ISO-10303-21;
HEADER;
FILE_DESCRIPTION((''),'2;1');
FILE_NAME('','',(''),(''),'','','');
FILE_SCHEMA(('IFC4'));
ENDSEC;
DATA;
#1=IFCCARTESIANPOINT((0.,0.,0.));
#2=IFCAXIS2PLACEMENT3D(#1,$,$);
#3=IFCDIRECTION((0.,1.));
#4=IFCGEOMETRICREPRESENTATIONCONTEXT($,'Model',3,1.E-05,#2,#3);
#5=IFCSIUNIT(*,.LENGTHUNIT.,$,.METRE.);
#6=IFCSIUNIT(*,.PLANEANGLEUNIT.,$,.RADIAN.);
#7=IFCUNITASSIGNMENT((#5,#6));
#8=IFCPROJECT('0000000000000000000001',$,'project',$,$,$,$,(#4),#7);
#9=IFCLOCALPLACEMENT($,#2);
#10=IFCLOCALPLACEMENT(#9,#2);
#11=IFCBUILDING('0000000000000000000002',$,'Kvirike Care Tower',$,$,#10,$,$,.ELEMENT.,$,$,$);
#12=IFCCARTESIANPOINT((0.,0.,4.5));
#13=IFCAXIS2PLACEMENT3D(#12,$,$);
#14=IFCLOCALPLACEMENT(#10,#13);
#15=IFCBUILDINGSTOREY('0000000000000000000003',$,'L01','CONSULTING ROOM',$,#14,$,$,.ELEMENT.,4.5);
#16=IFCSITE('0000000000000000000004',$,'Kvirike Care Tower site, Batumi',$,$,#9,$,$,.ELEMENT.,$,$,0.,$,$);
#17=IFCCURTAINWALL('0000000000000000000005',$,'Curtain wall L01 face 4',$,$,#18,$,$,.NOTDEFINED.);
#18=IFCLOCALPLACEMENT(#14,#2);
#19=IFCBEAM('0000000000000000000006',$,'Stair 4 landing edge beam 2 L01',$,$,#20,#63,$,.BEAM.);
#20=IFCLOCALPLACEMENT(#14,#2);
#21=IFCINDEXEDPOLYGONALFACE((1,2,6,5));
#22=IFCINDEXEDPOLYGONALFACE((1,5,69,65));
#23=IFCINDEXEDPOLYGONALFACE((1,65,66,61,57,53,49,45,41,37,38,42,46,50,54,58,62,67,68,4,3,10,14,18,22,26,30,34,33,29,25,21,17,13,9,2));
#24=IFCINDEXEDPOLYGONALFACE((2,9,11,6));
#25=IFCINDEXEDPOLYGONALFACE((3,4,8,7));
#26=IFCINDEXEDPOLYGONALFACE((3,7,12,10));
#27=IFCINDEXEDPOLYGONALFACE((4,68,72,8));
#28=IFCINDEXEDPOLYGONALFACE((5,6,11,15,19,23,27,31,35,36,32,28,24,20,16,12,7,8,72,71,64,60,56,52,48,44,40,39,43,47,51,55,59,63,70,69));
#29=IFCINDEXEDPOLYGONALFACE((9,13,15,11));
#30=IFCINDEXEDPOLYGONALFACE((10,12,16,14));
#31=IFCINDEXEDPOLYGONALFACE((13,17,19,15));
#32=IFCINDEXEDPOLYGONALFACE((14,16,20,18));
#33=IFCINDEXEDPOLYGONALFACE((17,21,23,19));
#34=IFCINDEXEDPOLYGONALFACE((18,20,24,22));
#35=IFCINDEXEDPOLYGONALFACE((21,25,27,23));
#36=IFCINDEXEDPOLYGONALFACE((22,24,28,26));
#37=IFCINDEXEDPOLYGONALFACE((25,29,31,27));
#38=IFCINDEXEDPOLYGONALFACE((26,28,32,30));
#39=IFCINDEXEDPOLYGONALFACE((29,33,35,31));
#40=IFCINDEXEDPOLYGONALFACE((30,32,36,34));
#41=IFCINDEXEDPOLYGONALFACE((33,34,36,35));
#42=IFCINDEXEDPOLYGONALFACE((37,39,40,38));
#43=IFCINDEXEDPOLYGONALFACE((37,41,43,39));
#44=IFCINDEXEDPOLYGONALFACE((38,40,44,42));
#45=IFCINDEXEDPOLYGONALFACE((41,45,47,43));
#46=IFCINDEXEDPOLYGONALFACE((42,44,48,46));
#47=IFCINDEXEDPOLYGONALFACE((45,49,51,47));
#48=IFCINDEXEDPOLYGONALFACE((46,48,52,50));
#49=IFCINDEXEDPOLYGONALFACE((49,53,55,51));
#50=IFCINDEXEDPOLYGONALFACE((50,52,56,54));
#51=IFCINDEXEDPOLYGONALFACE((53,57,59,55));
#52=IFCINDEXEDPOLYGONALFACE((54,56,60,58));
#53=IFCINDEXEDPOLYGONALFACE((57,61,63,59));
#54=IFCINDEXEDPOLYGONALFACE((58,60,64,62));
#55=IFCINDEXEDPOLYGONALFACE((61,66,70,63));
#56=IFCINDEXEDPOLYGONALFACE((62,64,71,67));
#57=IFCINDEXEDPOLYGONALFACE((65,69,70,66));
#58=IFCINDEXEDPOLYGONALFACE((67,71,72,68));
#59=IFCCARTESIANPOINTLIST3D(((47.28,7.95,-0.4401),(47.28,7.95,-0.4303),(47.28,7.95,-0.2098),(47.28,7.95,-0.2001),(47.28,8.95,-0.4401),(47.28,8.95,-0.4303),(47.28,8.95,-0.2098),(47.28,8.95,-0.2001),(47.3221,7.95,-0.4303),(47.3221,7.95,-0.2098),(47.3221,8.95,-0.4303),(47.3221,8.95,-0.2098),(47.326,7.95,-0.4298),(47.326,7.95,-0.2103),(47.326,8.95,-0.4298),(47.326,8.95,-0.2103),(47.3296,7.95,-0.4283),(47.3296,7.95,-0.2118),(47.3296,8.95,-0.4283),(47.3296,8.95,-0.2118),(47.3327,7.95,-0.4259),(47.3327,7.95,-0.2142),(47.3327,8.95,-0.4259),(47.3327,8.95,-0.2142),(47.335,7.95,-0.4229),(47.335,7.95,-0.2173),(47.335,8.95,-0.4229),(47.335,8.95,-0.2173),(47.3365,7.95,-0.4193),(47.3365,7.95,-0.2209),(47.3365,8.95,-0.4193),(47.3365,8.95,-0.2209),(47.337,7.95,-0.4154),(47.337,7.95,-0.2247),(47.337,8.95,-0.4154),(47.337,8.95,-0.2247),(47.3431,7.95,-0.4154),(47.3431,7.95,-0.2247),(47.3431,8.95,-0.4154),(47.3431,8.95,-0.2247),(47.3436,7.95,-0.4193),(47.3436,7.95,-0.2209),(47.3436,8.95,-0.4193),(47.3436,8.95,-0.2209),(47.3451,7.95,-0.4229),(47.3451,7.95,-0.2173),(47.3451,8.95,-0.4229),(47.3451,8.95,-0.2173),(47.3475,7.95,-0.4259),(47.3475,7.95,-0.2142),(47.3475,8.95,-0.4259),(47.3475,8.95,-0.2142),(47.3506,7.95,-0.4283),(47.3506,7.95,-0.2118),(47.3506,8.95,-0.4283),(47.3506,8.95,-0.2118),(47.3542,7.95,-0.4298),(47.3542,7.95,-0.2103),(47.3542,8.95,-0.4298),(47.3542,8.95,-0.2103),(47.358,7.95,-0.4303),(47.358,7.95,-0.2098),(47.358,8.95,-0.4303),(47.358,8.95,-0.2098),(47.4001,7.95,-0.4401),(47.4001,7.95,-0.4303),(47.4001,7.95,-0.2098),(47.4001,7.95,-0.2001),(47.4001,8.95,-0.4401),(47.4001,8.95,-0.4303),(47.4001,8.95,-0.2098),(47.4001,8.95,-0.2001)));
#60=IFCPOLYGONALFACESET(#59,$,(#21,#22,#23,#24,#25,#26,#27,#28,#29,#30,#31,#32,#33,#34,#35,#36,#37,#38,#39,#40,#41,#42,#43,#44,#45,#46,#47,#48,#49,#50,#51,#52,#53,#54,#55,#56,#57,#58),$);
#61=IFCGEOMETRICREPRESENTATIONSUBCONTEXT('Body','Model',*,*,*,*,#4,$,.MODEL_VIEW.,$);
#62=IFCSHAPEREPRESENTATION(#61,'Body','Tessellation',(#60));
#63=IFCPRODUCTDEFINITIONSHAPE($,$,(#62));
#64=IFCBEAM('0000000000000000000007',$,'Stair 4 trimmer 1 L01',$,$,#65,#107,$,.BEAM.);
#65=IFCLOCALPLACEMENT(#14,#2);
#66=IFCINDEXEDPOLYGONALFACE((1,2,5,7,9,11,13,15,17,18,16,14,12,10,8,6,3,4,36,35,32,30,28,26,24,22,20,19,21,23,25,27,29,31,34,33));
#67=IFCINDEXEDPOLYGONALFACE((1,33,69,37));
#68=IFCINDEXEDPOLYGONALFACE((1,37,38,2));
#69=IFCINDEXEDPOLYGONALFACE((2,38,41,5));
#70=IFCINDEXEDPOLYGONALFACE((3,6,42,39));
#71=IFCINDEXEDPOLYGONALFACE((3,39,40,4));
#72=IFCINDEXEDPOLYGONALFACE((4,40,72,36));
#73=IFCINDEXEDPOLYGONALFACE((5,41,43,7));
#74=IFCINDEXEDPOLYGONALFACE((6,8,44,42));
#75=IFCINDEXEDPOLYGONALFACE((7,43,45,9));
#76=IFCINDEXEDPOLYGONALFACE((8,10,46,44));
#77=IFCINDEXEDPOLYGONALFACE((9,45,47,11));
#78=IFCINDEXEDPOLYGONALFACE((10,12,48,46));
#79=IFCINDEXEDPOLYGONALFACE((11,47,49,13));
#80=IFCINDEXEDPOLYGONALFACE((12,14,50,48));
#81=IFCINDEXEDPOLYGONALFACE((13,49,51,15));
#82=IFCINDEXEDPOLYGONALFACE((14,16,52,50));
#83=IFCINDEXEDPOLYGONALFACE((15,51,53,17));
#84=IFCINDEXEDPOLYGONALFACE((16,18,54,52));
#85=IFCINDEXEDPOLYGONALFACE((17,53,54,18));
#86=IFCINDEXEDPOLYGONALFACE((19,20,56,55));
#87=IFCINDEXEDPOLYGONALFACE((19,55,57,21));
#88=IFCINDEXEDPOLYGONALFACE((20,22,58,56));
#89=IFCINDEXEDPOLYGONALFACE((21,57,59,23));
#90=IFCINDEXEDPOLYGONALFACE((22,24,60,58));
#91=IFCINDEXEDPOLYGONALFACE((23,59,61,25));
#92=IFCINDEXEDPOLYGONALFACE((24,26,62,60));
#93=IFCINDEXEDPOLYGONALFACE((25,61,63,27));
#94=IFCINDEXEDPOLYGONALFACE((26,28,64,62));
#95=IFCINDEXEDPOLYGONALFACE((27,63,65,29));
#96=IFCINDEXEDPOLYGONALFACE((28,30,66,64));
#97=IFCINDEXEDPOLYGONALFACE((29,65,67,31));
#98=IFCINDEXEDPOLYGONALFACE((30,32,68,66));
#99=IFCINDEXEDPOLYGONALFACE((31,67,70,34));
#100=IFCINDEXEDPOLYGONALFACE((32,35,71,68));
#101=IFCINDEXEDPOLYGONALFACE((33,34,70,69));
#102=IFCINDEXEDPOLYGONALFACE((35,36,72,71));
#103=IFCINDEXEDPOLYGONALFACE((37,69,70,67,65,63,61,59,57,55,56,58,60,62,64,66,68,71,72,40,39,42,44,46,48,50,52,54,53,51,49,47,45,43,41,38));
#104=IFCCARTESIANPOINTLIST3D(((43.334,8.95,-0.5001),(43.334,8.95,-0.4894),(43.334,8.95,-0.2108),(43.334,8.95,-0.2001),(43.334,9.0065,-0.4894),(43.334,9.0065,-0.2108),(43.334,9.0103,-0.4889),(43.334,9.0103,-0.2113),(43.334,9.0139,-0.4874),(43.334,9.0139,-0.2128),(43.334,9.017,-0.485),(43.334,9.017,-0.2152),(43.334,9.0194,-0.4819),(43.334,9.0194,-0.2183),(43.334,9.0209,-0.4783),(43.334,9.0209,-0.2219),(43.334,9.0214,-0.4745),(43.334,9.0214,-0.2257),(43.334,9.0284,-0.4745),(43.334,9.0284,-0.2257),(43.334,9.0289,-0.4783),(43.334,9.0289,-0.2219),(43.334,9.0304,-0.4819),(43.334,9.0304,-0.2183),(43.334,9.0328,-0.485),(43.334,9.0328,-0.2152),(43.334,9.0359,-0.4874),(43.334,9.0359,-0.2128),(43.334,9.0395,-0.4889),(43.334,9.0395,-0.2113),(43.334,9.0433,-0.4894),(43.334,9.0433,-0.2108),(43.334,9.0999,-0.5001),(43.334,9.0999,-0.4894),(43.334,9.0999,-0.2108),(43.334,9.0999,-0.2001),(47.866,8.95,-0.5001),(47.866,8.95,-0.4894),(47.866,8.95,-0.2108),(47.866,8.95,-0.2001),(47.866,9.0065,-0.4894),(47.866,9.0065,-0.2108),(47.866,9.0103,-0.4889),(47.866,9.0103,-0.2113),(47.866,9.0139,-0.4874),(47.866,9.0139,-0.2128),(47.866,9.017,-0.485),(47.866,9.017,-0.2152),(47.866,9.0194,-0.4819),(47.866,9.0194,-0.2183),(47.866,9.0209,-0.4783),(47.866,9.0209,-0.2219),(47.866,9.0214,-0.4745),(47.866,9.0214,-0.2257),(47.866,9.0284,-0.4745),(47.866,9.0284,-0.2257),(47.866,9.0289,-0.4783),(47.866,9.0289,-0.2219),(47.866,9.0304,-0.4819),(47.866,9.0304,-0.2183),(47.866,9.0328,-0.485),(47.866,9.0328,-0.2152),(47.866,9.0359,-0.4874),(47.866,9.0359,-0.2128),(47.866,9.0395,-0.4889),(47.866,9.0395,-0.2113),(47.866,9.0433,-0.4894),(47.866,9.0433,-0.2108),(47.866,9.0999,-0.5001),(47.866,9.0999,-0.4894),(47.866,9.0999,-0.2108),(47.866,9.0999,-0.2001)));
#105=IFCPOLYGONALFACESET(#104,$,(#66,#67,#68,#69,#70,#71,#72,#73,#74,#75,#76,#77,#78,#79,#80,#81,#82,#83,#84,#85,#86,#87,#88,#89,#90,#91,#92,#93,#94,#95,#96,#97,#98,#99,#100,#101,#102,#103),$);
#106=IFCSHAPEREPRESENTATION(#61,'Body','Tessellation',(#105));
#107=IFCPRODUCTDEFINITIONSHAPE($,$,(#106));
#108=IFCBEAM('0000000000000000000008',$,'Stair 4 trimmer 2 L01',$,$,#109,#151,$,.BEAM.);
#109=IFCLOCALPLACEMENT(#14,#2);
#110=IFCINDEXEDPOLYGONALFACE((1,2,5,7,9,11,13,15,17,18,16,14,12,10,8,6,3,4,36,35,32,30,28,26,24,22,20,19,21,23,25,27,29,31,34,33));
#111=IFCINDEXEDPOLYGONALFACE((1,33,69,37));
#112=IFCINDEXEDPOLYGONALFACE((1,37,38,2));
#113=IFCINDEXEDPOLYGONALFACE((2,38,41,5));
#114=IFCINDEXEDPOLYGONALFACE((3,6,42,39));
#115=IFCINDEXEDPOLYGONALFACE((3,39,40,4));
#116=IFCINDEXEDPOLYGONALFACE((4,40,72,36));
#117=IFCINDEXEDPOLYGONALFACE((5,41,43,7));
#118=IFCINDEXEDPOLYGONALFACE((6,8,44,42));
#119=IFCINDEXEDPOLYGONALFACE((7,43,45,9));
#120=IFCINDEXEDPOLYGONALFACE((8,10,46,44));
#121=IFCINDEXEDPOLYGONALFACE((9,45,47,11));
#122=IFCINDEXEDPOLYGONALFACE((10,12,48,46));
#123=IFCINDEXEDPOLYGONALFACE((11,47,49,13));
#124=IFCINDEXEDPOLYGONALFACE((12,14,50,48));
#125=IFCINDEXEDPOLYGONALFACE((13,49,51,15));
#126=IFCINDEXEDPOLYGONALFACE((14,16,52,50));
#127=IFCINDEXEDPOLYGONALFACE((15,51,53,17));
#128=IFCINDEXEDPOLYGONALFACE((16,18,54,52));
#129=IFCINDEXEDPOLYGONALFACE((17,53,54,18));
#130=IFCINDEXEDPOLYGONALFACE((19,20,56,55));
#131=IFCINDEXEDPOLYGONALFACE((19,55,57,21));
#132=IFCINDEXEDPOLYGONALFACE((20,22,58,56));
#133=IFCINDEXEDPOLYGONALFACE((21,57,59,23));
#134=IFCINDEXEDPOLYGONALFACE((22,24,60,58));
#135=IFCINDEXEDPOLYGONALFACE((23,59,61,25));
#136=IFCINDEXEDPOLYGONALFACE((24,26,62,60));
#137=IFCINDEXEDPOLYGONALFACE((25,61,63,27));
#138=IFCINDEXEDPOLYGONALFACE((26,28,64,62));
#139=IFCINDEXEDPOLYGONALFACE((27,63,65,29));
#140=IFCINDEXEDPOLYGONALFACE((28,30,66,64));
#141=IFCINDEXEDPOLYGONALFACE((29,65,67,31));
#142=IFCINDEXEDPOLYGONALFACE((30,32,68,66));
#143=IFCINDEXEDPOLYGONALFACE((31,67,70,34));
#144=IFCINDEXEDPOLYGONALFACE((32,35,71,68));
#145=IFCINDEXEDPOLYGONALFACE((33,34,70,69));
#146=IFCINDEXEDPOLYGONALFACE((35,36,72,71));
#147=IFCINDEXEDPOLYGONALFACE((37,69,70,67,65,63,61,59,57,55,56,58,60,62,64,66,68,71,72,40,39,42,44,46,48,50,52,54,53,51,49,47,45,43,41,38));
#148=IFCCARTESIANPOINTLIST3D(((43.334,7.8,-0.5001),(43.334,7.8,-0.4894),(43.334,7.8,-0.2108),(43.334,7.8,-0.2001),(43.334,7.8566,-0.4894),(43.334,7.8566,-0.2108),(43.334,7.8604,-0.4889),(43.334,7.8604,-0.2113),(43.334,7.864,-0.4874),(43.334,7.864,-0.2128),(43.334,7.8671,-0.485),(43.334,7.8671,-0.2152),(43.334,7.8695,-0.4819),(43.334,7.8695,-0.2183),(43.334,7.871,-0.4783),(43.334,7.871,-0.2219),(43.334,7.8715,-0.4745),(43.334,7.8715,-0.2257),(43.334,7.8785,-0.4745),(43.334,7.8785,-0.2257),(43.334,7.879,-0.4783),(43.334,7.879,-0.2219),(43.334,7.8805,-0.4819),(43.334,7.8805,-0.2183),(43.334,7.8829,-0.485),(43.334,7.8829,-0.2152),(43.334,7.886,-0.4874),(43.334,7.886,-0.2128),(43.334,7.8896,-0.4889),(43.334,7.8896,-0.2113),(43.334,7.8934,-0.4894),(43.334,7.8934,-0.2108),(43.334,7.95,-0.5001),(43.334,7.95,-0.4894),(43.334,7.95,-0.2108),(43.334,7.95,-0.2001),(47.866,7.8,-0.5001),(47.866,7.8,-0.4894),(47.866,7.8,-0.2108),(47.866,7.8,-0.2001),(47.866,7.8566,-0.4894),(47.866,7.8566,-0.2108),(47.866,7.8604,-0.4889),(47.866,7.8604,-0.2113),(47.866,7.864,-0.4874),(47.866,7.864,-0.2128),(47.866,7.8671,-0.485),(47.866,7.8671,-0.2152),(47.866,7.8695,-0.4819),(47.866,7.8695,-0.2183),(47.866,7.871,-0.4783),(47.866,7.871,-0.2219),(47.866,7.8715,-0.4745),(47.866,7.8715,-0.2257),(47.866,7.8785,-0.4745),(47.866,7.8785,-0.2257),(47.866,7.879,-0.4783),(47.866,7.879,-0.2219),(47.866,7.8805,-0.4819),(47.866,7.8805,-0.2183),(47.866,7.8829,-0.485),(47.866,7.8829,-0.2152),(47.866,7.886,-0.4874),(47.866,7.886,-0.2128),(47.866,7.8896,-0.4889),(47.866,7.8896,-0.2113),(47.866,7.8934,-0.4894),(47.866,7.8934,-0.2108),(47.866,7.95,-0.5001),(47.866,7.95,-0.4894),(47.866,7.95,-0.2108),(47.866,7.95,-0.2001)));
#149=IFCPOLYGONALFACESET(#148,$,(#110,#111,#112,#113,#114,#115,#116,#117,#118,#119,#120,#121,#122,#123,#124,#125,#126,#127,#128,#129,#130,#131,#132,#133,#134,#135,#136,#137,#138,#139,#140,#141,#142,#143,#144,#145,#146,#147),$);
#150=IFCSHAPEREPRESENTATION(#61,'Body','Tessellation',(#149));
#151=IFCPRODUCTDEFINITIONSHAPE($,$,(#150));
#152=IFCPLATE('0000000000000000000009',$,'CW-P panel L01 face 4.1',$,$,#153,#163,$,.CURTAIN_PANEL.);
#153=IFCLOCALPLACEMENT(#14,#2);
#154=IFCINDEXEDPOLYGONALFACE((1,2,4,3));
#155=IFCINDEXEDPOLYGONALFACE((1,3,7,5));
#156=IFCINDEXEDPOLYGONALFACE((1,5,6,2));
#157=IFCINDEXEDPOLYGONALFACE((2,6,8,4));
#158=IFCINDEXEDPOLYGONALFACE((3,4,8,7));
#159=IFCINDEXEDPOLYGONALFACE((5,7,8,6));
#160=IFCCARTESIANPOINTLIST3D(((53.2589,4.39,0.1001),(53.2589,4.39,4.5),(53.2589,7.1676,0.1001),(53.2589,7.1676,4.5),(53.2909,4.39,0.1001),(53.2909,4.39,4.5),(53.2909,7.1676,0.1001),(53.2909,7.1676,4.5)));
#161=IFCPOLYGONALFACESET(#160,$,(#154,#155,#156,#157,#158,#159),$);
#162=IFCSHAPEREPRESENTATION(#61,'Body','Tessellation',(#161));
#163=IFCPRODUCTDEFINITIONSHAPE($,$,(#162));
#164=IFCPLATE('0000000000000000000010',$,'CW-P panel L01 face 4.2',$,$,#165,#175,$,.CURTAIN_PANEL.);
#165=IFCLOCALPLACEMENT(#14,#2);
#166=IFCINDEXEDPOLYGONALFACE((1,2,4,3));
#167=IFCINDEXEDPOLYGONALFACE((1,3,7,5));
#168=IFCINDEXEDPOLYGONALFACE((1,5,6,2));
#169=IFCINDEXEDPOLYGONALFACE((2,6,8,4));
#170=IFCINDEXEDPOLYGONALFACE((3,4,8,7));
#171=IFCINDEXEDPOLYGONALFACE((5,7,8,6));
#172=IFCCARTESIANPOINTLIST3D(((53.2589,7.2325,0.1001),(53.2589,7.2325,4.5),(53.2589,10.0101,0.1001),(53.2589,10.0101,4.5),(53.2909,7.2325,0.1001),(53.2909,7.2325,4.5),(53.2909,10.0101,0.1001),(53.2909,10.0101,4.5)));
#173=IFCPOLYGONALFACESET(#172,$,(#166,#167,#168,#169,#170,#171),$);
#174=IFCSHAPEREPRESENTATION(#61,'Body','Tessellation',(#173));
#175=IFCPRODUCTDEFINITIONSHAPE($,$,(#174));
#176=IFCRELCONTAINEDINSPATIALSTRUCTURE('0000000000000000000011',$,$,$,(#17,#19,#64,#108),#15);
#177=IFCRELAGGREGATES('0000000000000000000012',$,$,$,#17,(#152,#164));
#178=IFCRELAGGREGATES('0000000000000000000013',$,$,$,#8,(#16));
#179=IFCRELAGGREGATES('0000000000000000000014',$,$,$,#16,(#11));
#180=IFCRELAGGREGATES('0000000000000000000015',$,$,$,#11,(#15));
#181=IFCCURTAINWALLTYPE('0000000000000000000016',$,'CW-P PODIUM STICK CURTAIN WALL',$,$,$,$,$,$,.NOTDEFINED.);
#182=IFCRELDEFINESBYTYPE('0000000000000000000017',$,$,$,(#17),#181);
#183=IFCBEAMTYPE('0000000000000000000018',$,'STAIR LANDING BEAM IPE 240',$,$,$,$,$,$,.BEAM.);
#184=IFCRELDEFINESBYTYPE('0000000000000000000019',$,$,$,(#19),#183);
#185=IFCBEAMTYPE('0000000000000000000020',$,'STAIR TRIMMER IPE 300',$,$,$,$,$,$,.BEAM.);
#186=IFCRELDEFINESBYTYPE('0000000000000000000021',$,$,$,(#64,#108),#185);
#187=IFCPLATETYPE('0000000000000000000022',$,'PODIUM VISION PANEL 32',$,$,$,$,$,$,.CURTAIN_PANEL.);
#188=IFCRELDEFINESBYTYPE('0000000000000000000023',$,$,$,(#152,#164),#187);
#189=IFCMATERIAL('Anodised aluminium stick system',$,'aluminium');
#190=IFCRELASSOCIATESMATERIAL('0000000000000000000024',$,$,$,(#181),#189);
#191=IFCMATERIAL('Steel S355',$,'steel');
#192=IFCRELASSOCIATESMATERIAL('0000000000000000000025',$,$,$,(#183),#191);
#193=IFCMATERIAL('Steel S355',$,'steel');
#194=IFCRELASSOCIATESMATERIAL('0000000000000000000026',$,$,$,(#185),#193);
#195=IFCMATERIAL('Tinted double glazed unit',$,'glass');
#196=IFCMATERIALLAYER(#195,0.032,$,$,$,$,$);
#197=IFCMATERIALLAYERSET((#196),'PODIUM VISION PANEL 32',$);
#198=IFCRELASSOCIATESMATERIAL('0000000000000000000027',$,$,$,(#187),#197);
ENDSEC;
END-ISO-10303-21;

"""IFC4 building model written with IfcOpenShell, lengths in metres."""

from ifc_helpers import new_model, si_unit, direction, frame, origin, origin_2d, place, context, subcontext, project, spatial, rectangle, i_section, extrude, material, layer, layer_set, material_profile, profile_set, type_object, element, aggregate, save


model = new_model("IFC4")

# Units and contexts
model_context = context("Model", 3, precision=1e-05, world=origin(), true_north=direction((0.0, 1.0)))
body_context = subcontext(model_context, "Body", "Model", "MODEL_VIEW")
ifc_project = project(units=[si_unit("LENGTHUNIT", "METRE"), si_unit("PLANEANGLEUNIT", "RADIAN")], contexts=[model_context])

# Site, building, storey
site_placement = place(None, origin())
site = spatial("IfcSite", under=ifc_project, at=site_placement, Name="Kvirike Care Tower site, Batumi", CompositionType="ELEMENT", RefElevation=0.0)
building_placement = place(site_placement, origin())
building = spatial("IfcBuilding", under=site, at=building_placement, Name="Kvirike Care Tower", CompositionType="ELEMENT")
storey_placement = place(building_placement, frame((0.0, 0.0, 4.5)))
storey = spatial("IfcBuildingStorey", under=building, at=storey_placement, Name="L01", Description="CONSULTING ROOM", CompositionType="ELEMENT", Elevation=4.5)

# Shared definitions
ifc_material_1 = material(Name="Anodised aluminium stick system", Category="aluminium")
curtain_wall_type = type_object("IfcCurtainWallType", Name="CW-P PODIUM STICK CURTAIN WALL", PredefinedType="NOTDEFINED", material=ifc_material_1)

# Curtain wall
curtain_wall_1_placement = place(storey_placement, origin())
curtain_wall_1 = element("IfcCurtainWall", 1, at=curtain_wall_1_placement, inside=storey, type_object=curtain_wall_type, Name="Curtain wall L01 face 4", PredefinedType="NOTDEFINED")

# Beams
ifc_material_2 = material(Name="Steel S355", Category="steel")
ifc_material_profile_1 = material_profile(ifc_material_2, i_section(OverallWidth=0.1201, OverallDepth=0.24, WebThickness=0.0061, FlangeThickness=0.0098, FilletRadius=0.0149, at=origin_2d()), Name="IPE 240")
ifc_profile_set_1 = profile_set([ifc_material_profile_1], Name="Steel S355")
beam_type_1 = type_object("IfcBeamType", Name="STAIR LANDING BEAM IPE 240", PredefinedType="BEAM", material=ifc_profile_set_1)
for number, where, z_axis, x_axis, name in (
    (2, (47.3401, 8.95, -0.3201), (0.0, -1.0, 0.0), (1.0, 0.0, 0.0), "Stair 4 landing edge beam 2 L01"),
):
    element("IfcBeam", number, at=place(storey_placement, frame(where, z_axis=z_axis, x_axis=x_axis)), inside=storey, type_object=beam_type_1, Name=name, PredefinedType="BEAM", context=body_context, shape_type="SweptSolid", body=[
        extrude(i_section(OverallWidth=0.1201, OverallDepth=0.24, WebThickness=0.0061, FlangeThickness=0.0098, FilletRadius=0.0149, at=origin_2d()), origin(), (0.0, 0.0, 1.0), 1.0),
    ])
ifc_material_3 = material(Name="Steel S355", Category="steel")
ifc_material_profile_2 = material_profile(ifc_material_3, i_section(OverallWidth=0.1499, OverallDepth=0.3, WebThickness=0.0071, FlangeThickness=0.0107, FilletRadius=0.0149, at=origin_2d()), Name="IPE 300")
ifc_profile_set_2 = profile_set([ifc_material_profile_2], Name="Steel S355")
beam_type_2 = type_object("IfcBeamType", Name="STAIR TRIMMER IPE 300", PredefinedType="BEAM", material=ifc_profile_set_2)
for number, where, z_axis, x_axis, name in (
    (3, (43.334, 9.0249, -0.3501), (1.0, 0.0, 0.0), (0.0, 1.0, 0.0), "Stair 4 trimmer 1 L01"),
    (4, (43.334, 7.875, -0.3501), (1.0, 0.0, 0.0), (0.0, 1.0, 0.0), "Stair 4 trimmer 2 L01"),
):
    element("IfcBeam", number, at=place(storey_placement, frame(where, z_axis=z_axis, x_axis=x_axis)), inside=storey, type_object=beam_type_2, Name=name, PredefinedType="BEAM", context=body_context, shape_type="SweptSolid", body=[
        extrude(i_section(OverallWidth=0.1499, OverallDepth=0.3, WebThickness=0.0071, FlangeThickness=0.0107, FilletRadius=0.0149, at=origin_2d()), origin(), (0.0, 0.0, 1.0), 4.532),
    ])

# Plates
ifc_material_4 = material(Name="Tinted double glazed unit", Category="glass")
ifc_layer_1 = layer(ifc_material_4, 0.032)
ifc_layer_set_1 = layer_set([ifc_layer_1], Name="PODIUM VISION PANEL 32")
plate_type = type_object("IfcPlateType", Name="PODIUM VISION PANEL 32", PredefinedType="CURTAIN_PANEL", material=ifc_layer_set_1)
plate_1_placement = place(storey_placement, frame((53.2749, 5.7788, 0.1001), z_axis=(0.0, 0.0, 1.0), x_axis=(0.0, 1.0, 0.0)))
plate_1 = element("IfcPlate", 5, at=plate_1_placement, type_object=plate_type, Name="CW-P panel L01 face 4.1", PredefinedType="CURTAIN_PANEL", context=body_context, shape_type="SweptSolid", body=[
    extrude(rectangle(XDim=2.7776, YDim=0.032, at=origin_2d()), origin(), (0.0, 0.0, 1.0), 4.3999),
])
plate_2_placement = place(storey_placement, frame((53.2749, 8.6213, 0.1001), z_axis=(0.0, 0.0, 1.0), x_axis=(0.0, 1.0, 0.0)))
plate_2 = element("IfcPlate", 6, at=plate_2_placement, type_object=plate_type, Name="CW-P panel L01 face 4.2", PredefinedType="CURTAIN_PANEL", context=body_context, shape_type="SweptSolid", body=[
    extrude(rectangle(XDim=2.7776, YDim=0.032, at=origin_2d()), origin(), (0.0, 0.0, 1.0), 4.3999),
])
aggregate(curtain_wall_1, [plate_1, plate_2])

save(model, "model.ifc")
